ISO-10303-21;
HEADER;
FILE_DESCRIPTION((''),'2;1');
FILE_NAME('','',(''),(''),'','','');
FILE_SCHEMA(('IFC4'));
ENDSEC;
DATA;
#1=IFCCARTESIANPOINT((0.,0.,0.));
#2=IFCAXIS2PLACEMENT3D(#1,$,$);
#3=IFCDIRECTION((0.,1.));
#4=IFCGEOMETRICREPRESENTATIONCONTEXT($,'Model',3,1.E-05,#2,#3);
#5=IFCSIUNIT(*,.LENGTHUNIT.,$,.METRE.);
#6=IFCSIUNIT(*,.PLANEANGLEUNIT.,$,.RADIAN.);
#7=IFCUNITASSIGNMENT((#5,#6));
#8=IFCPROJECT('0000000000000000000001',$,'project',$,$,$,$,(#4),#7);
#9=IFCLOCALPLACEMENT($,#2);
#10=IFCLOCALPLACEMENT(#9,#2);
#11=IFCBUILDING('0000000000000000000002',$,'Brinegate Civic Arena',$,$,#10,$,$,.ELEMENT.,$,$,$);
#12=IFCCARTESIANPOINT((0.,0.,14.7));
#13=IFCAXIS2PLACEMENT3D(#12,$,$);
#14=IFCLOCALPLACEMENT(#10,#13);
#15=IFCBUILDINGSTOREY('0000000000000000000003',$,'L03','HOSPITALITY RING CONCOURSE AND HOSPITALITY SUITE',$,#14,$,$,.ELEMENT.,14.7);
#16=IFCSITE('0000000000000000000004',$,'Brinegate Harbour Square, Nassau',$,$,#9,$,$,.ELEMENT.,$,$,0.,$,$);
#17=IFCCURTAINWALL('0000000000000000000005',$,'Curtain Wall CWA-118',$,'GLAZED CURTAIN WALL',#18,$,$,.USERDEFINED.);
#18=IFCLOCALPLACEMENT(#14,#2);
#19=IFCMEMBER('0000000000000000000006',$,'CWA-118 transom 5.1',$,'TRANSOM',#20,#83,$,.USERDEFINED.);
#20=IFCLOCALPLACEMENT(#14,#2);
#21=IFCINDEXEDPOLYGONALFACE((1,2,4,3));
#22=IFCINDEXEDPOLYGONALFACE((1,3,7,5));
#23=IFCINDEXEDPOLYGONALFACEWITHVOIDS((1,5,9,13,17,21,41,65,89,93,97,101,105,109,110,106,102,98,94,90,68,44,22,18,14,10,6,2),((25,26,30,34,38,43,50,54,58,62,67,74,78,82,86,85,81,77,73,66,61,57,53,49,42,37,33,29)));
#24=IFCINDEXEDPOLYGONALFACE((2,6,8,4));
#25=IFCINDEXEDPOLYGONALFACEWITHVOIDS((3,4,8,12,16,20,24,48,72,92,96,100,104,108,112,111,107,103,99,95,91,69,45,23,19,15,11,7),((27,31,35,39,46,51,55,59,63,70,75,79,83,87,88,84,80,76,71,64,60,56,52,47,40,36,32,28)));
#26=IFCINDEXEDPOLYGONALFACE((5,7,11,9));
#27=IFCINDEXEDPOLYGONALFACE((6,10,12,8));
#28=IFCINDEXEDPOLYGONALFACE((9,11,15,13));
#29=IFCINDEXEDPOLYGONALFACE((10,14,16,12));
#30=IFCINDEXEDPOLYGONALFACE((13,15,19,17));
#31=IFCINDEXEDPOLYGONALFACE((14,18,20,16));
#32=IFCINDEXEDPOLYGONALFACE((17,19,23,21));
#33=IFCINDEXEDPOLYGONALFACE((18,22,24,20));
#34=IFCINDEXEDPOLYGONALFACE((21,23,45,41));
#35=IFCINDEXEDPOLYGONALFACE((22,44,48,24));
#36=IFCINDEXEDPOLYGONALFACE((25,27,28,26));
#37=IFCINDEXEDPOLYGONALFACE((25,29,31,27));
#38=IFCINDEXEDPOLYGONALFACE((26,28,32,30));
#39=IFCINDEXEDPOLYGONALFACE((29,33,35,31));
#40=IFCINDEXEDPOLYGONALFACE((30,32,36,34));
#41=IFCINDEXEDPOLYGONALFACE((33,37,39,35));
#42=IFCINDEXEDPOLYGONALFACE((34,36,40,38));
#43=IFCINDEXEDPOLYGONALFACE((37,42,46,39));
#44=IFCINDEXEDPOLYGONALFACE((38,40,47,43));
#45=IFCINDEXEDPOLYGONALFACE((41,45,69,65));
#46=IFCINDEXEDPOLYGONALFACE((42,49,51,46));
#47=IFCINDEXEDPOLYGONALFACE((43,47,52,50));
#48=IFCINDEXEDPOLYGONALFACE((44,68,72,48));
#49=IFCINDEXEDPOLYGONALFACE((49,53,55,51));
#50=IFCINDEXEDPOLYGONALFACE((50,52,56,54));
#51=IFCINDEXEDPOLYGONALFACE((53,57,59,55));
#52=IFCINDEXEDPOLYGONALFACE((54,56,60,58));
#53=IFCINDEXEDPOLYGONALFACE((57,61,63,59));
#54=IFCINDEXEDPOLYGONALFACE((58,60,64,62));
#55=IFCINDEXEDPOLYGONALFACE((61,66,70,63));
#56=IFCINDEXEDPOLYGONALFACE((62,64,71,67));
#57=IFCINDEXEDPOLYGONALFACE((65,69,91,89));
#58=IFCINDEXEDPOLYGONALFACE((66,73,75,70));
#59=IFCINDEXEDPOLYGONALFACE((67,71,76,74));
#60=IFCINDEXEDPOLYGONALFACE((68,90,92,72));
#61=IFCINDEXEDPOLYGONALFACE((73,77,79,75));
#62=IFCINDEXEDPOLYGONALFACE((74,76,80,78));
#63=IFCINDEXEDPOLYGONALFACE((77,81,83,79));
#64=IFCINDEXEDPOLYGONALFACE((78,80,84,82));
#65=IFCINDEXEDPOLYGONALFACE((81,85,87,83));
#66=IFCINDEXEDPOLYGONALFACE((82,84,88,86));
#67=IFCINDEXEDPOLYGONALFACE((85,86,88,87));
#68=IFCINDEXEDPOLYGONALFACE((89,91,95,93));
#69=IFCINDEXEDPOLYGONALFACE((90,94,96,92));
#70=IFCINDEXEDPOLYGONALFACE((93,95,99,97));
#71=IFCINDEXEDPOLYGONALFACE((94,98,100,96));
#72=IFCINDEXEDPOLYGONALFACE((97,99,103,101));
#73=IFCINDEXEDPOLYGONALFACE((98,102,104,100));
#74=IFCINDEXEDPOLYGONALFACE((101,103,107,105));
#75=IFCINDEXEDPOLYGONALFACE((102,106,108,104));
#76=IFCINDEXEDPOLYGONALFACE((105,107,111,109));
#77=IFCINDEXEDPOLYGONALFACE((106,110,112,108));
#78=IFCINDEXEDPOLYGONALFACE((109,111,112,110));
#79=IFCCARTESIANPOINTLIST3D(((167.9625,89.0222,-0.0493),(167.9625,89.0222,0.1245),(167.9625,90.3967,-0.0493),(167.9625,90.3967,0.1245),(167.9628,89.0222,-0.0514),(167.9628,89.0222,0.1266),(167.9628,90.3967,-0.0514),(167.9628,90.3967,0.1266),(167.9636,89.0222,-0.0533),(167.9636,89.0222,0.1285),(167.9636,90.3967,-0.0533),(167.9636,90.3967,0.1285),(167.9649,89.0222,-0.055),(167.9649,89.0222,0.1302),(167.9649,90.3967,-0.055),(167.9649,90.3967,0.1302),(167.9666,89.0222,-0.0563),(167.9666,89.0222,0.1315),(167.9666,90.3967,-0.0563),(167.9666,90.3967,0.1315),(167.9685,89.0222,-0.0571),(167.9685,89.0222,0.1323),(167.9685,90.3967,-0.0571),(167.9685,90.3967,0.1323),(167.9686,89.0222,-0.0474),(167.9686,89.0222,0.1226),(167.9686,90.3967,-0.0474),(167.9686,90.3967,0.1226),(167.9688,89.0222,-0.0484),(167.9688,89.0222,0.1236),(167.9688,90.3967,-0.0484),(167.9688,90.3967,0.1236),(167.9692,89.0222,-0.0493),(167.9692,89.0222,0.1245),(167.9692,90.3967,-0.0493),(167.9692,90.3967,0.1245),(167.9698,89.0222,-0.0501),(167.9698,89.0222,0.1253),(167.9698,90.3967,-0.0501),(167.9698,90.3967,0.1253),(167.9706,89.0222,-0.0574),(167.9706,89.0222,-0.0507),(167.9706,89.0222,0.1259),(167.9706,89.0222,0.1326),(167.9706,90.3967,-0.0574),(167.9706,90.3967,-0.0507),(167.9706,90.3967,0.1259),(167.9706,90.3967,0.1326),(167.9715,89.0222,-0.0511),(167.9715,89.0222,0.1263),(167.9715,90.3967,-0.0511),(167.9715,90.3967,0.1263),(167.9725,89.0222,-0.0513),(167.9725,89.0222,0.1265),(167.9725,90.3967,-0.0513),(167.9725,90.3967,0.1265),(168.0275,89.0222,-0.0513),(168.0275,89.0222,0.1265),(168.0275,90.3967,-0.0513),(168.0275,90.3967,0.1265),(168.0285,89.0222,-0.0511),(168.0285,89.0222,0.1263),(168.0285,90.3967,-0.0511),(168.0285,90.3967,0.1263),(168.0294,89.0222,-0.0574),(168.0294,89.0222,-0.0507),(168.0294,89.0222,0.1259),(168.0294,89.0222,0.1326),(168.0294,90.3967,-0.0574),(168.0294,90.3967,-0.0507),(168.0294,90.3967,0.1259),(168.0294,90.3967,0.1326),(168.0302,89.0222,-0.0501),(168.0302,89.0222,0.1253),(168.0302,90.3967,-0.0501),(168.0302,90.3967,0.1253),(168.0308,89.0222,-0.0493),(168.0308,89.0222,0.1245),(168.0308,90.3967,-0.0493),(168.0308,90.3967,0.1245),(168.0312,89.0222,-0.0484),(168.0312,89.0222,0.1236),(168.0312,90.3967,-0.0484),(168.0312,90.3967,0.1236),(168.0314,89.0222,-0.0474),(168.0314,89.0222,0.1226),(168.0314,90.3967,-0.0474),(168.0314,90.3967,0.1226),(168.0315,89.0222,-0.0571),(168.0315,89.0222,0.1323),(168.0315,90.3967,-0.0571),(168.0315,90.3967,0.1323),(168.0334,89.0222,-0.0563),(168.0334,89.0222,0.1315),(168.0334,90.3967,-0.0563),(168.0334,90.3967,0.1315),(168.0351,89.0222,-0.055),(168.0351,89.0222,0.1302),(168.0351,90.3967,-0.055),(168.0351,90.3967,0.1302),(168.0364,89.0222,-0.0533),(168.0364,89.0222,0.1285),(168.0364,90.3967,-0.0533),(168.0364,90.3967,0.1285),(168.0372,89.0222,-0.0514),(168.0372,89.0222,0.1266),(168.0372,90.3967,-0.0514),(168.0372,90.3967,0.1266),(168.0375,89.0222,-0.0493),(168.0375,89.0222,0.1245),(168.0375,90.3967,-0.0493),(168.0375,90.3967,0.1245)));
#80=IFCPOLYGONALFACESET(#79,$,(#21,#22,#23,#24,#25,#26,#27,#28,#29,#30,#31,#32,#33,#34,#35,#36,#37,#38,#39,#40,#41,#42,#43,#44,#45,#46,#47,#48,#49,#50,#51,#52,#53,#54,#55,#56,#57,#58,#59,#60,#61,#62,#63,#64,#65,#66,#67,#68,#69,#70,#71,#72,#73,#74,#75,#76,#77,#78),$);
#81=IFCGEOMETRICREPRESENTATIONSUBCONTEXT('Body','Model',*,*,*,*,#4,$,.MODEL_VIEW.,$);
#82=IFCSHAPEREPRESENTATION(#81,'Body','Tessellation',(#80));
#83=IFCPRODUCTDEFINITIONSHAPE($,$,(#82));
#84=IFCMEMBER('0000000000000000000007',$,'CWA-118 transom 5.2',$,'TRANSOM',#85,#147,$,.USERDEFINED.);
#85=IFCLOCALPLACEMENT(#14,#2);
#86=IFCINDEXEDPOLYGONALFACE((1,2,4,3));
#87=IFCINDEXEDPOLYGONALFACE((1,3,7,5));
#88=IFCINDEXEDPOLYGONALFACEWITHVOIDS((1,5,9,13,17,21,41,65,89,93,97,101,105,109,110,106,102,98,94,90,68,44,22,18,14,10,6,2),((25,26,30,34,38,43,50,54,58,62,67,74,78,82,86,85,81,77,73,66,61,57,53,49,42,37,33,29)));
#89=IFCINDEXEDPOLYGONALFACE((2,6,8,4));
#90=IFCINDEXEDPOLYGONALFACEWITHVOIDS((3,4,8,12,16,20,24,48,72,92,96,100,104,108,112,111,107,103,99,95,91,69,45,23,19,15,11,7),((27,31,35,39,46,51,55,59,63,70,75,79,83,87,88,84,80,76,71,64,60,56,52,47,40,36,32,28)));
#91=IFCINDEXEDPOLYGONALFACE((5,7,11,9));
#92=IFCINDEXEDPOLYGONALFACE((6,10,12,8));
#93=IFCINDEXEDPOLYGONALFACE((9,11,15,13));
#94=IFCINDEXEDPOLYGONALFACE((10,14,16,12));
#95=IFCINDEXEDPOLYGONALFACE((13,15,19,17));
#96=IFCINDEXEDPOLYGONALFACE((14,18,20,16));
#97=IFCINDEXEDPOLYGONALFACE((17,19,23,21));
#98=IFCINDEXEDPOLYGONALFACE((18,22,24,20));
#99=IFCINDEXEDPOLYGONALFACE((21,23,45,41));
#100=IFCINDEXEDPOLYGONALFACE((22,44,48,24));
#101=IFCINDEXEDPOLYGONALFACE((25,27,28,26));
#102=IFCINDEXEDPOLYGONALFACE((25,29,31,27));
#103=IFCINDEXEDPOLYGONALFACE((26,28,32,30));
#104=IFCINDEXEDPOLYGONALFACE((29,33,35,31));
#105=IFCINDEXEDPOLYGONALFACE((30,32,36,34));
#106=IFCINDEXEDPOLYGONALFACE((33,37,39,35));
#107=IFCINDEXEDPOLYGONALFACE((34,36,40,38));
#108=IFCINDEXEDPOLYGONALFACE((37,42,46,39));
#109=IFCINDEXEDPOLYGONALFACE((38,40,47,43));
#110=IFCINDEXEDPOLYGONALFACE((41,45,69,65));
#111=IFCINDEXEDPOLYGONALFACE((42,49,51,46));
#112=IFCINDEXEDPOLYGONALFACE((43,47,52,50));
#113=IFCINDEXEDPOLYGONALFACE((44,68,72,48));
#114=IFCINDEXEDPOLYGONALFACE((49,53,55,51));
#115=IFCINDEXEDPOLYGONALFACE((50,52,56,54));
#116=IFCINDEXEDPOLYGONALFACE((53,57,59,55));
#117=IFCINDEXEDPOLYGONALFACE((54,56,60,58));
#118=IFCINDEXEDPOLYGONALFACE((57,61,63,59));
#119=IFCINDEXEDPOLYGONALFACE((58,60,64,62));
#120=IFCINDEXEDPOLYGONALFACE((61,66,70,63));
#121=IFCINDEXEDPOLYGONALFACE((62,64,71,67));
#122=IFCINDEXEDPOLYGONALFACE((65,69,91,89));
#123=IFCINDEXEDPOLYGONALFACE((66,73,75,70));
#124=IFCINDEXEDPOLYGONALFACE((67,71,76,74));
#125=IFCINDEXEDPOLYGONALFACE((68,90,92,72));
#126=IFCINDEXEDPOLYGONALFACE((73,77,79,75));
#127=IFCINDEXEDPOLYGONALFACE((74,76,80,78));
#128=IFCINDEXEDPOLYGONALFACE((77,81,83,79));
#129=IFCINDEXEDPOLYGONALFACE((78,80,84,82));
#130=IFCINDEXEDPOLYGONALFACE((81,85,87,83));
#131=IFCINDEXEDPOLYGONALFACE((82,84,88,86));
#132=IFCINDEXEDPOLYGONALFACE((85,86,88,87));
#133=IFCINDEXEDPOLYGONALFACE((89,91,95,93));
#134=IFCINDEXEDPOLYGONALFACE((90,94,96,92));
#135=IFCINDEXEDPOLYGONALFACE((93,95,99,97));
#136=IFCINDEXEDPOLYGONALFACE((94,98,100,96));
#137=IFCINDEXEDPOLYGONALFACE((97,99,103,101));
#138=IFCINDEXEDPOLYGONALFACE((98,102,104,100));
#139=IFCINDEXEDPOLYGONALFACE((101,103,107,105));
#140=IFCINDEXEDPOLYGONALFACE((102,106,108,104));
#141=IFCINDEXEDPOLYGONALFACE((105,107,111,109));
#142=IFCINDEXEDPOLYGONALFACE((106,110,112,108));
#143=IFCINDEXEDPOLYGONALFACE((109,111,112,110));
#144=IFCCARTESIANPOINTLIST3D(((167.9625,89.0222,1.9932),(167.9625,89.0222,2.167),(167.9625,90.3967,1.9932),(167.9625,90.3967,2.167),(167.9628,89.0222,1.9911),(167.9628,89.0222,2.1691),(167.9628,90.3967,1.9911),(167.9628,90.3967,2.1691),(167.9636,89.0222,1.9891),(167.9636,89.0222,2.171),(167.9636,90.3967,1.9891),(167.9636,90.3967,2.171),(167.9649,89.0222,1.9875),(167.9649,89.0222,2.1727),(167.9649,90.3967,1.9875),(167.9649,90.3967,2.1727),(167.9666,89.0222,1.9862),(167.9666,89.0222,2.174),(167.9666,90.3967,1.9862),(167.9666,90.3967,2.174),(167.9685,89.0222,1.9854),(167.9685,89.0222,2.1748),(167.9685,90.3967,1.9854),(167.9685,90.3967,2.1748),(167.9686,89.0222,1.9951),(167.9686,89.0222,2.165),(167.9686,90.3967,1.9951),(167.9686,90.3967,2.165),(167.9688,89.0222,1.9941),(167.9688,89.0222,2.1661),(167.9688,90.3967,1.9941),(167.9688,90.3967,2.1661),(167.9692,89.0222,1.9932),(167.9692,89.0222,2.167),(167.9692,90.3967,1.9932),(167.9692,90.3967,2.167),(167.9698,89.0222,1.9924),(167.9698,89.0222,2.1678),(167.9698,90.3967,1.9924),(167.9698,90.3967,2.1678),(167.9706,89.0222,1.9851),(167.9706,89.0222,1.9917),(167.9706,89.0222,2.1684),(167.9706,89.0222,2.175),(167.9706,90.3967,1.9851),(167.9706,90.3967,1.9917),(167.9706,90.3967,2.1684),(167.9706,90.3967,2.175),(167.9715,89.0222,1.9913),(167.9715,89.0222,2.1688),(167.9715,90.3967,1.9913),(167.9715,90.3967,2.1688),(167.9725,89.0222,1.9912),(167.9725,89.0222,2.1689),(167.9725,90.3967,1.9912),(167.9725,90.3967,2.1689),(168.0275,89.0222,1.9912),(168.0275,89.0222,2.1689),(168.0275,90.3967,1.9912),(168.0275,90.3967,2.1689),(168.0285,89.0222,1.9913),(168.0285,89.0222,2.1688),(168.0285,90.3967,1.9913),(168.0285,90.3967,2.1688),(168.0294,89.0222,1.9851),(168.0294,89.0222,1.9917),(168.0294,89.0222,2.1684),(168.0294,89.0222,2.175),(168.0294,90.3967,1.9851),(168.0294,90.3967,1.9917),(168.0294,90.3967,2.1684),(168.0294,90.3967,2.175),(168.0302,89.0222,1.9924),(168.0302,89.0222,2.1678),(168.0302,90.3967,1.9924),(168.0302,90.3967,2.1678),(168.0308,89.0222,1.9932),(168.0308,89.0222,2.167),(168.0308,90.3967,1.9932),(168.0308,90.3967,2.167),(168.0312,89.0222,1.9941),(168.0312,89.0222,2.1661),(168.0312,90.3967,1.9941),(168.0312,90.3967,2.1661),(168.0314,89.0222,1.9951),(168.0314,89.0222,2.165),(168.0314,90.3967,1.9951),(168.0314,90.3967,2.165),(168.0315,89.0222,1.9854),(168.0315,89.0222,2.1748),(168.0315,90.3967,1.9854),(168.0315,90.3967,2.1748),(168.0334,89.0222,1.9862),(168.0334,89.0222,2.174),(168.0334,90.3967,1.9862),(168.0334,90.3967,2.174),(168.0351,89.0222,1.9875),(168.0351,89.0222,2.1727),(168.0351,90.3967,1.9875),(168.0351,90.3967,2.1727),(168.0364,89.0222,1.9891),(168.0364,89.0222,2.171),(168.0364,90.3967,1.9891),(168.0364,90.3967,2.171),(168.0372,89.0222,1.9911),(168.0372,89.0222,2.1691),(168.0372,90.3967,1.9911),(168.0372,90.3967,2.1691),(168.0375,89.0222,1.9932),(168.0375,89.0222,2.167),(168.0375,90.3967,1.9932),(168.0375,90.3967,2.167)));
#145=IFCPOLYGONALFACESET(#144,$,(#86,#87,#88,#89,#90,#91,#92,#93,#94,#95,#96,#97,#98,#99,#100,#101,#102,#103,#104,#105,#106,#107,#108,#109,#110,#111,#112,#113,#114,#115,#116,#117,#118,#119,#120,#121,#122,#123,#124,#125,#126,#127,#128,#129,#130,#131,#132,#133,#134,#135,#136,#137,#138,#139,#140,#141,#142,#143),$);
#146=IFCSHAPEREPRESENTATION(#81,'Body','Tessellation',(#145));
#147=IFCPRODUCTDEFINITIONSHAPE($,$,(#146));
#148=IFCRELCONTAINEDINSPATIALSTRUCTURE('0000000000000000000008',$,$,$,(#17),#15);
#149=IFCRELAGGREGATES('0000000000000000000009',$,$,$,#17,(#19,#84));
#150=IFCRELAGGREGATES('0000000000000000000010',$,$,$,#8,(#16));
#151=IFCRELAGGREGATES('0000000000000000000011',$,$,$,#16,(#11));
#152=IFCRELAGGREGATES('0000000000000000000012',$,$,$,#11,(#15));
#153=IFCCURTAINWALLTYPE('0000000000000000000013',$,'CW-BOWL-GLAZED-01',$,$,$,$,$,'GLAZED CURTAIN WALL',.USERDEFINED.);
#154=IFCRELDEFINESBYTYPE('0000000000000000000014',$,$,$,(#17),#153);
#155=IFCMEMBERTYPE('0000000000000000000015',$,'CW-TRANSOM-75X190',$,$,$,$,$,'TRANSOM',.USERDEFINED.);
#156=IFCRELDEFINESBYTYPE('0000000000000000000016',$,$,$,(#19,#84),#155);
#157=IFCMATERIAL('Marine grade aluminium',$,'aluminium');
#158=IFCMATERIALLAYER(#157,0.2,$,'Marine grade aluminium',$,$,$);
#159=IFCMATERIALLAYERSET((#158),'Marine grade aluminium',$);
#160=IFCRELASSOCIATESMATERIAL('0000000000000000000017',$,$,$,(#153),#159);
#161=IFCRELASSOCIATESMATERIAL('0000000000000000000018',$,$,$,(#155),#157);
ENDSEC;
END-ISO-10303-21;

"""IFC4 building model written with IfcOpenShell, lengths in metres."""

from ifc_helpers import new_model, si_unit, direction, frame, origin, origin_2d, place, context, subcontext, project, spatial, hollow_rectangle, extrude, material, layer, layer_set, material_profile, profile_set, type_object, element, aggregate, save


model = new_model("IFC4")

# Units and contexts
model_context = context("Model", 3, precision=1e-05, world=origin(), true_north=direction((0.0, 1.0)))
body_context = subcontext(model_context, "Body", "Model", "MODEL_VIEW")
ifc_project = project(units=[si_unit("LENGTHUNIT", "METRE"), si_unit("PLANEANGLEUNIT", "RADIAN")], contexts=[model_context])

# Site, building, storey
site_placement = place(None, origin())
site = spatial("IfcSite", under=ifc_project, at=site_placement, Name="Brinegate Harbour Square, Nassau", CompositionType="ELEMENT", RefElevation=0.0)
building_placement = place(site_placement, origin())
building = spatial("IfcBuilding", under=site, at=building_placement, Name="Brinegate Civic Arena", CompositionType="ELEMENT")
storey_placement = place(building_placement, frame((0.0, 0.0, 14.7)))
storey = spatial("IfcBuildingStorey", under=building, at=storey_placement, Name="L03", Description="HOSPITALITY RING CONCOURSE AND HOSPITALITY SUITE", CompositionType="ELEMENT", Elevation=14.7)

# Curtain wall, members
ifc_material_1 = material(Name="Marine grade aluminium", Category="aluminium")
ifc_layer_1 = layer(ifc_material_1, 0.2, Name="Marine grade aluminium")
ifc_layer_set_1 = layer_set([ifc_layer_1], Name="Marine grade aluminium")
curtain_wall_type = type_object("IfcCurtainWallType", Name="CW-BOWL-GLAZED-01", ElementType="GLAZED CURTAIN WALL", PredefinedType="USERDEFINED", material=ifc_layer_set_1)
curtain_wall_placement = place(storey_placement, origin())
curtain_wall = element("IfcCurtainWall", 1, at=curtain_wall_placement, inside=storey, type_object=curtain_wall_type, Name="Curtain Wall CWA-118", ObjectType="GLAZED CURTAIN WALL", PredefinedType="USERDEFINED")
ifc_material_profile_1 = material_profile(ifc_material_1, hollow_rectangle(XDim=0.075, YDim=0.1899, WallThickness=0.0061, InnerFilletRadius=0.0039, OuterFilletRadius=0.0081, at=origin_2d()), Name="TRN75X190")
ifc_profile_set_1 = profile_set([ifc_material_profile_1], Name="Marine grade aluminium")
member_type_1 = type_object("IfcMemberType", Name="CW-TRANSOM-75X190", ElementType="TRANSOM", PredefinedType="USERDEFINED", material=ifc_profile_set_1)
member_1_placement = place(storey_placement, frame((168.0, 89.0222, 0.0376), z_axis=(0.0, 1.0, 0.0), x_axis=(-1.0, 0.0, 0.0)))
member_1 = element("IfcMember", 2, at=member_1_placement, type_object=member_type_1, Name="CWA-118 transom 5.1", ObjectType="TRANSOM", PredefinedType="USERDEFINED", context=body_context, shape_type="SweptSolid", body=[
    extrude(hollow_rectangle(XDim=0.075, YDim=0.1899, WallThickness=0.0061, InnerFilletRadius=0.0039, OuterFilletRadius=0.0081, at=origin_2d()), origin(), (0.0, 0.0, 1.0), 1.3745),
])
member_2_placement = place(storey_placement, frame((168.0, 89.0222, 2.0801), z_axis=(0.0, 1.0, 0.0), x_axis=(-1.0, 0.0, 0.0)))
member_2 = element("IfcMember", 3, at=member_2_placement, type_object=member_type_1, Name="CWA-118 transom 5.2", ObjectType="TRANSOM", PredefinedType="USERDEFINED", context=body_context, shape_type="SweptSolid", body=[
    extrude(hollow_rectangle(XDim=0.075, YDim=0.1899, WallThickness=0.0061, InnerFilletRadius=0.0039, OuterFilletRadius=0.0081, at=origin_2d()), origin(), (0.0, 0.0, 1.0), 1.3745),
])

aggregate(curtain_wall, [member_1, member_2])

save(model, "model.ifc")
